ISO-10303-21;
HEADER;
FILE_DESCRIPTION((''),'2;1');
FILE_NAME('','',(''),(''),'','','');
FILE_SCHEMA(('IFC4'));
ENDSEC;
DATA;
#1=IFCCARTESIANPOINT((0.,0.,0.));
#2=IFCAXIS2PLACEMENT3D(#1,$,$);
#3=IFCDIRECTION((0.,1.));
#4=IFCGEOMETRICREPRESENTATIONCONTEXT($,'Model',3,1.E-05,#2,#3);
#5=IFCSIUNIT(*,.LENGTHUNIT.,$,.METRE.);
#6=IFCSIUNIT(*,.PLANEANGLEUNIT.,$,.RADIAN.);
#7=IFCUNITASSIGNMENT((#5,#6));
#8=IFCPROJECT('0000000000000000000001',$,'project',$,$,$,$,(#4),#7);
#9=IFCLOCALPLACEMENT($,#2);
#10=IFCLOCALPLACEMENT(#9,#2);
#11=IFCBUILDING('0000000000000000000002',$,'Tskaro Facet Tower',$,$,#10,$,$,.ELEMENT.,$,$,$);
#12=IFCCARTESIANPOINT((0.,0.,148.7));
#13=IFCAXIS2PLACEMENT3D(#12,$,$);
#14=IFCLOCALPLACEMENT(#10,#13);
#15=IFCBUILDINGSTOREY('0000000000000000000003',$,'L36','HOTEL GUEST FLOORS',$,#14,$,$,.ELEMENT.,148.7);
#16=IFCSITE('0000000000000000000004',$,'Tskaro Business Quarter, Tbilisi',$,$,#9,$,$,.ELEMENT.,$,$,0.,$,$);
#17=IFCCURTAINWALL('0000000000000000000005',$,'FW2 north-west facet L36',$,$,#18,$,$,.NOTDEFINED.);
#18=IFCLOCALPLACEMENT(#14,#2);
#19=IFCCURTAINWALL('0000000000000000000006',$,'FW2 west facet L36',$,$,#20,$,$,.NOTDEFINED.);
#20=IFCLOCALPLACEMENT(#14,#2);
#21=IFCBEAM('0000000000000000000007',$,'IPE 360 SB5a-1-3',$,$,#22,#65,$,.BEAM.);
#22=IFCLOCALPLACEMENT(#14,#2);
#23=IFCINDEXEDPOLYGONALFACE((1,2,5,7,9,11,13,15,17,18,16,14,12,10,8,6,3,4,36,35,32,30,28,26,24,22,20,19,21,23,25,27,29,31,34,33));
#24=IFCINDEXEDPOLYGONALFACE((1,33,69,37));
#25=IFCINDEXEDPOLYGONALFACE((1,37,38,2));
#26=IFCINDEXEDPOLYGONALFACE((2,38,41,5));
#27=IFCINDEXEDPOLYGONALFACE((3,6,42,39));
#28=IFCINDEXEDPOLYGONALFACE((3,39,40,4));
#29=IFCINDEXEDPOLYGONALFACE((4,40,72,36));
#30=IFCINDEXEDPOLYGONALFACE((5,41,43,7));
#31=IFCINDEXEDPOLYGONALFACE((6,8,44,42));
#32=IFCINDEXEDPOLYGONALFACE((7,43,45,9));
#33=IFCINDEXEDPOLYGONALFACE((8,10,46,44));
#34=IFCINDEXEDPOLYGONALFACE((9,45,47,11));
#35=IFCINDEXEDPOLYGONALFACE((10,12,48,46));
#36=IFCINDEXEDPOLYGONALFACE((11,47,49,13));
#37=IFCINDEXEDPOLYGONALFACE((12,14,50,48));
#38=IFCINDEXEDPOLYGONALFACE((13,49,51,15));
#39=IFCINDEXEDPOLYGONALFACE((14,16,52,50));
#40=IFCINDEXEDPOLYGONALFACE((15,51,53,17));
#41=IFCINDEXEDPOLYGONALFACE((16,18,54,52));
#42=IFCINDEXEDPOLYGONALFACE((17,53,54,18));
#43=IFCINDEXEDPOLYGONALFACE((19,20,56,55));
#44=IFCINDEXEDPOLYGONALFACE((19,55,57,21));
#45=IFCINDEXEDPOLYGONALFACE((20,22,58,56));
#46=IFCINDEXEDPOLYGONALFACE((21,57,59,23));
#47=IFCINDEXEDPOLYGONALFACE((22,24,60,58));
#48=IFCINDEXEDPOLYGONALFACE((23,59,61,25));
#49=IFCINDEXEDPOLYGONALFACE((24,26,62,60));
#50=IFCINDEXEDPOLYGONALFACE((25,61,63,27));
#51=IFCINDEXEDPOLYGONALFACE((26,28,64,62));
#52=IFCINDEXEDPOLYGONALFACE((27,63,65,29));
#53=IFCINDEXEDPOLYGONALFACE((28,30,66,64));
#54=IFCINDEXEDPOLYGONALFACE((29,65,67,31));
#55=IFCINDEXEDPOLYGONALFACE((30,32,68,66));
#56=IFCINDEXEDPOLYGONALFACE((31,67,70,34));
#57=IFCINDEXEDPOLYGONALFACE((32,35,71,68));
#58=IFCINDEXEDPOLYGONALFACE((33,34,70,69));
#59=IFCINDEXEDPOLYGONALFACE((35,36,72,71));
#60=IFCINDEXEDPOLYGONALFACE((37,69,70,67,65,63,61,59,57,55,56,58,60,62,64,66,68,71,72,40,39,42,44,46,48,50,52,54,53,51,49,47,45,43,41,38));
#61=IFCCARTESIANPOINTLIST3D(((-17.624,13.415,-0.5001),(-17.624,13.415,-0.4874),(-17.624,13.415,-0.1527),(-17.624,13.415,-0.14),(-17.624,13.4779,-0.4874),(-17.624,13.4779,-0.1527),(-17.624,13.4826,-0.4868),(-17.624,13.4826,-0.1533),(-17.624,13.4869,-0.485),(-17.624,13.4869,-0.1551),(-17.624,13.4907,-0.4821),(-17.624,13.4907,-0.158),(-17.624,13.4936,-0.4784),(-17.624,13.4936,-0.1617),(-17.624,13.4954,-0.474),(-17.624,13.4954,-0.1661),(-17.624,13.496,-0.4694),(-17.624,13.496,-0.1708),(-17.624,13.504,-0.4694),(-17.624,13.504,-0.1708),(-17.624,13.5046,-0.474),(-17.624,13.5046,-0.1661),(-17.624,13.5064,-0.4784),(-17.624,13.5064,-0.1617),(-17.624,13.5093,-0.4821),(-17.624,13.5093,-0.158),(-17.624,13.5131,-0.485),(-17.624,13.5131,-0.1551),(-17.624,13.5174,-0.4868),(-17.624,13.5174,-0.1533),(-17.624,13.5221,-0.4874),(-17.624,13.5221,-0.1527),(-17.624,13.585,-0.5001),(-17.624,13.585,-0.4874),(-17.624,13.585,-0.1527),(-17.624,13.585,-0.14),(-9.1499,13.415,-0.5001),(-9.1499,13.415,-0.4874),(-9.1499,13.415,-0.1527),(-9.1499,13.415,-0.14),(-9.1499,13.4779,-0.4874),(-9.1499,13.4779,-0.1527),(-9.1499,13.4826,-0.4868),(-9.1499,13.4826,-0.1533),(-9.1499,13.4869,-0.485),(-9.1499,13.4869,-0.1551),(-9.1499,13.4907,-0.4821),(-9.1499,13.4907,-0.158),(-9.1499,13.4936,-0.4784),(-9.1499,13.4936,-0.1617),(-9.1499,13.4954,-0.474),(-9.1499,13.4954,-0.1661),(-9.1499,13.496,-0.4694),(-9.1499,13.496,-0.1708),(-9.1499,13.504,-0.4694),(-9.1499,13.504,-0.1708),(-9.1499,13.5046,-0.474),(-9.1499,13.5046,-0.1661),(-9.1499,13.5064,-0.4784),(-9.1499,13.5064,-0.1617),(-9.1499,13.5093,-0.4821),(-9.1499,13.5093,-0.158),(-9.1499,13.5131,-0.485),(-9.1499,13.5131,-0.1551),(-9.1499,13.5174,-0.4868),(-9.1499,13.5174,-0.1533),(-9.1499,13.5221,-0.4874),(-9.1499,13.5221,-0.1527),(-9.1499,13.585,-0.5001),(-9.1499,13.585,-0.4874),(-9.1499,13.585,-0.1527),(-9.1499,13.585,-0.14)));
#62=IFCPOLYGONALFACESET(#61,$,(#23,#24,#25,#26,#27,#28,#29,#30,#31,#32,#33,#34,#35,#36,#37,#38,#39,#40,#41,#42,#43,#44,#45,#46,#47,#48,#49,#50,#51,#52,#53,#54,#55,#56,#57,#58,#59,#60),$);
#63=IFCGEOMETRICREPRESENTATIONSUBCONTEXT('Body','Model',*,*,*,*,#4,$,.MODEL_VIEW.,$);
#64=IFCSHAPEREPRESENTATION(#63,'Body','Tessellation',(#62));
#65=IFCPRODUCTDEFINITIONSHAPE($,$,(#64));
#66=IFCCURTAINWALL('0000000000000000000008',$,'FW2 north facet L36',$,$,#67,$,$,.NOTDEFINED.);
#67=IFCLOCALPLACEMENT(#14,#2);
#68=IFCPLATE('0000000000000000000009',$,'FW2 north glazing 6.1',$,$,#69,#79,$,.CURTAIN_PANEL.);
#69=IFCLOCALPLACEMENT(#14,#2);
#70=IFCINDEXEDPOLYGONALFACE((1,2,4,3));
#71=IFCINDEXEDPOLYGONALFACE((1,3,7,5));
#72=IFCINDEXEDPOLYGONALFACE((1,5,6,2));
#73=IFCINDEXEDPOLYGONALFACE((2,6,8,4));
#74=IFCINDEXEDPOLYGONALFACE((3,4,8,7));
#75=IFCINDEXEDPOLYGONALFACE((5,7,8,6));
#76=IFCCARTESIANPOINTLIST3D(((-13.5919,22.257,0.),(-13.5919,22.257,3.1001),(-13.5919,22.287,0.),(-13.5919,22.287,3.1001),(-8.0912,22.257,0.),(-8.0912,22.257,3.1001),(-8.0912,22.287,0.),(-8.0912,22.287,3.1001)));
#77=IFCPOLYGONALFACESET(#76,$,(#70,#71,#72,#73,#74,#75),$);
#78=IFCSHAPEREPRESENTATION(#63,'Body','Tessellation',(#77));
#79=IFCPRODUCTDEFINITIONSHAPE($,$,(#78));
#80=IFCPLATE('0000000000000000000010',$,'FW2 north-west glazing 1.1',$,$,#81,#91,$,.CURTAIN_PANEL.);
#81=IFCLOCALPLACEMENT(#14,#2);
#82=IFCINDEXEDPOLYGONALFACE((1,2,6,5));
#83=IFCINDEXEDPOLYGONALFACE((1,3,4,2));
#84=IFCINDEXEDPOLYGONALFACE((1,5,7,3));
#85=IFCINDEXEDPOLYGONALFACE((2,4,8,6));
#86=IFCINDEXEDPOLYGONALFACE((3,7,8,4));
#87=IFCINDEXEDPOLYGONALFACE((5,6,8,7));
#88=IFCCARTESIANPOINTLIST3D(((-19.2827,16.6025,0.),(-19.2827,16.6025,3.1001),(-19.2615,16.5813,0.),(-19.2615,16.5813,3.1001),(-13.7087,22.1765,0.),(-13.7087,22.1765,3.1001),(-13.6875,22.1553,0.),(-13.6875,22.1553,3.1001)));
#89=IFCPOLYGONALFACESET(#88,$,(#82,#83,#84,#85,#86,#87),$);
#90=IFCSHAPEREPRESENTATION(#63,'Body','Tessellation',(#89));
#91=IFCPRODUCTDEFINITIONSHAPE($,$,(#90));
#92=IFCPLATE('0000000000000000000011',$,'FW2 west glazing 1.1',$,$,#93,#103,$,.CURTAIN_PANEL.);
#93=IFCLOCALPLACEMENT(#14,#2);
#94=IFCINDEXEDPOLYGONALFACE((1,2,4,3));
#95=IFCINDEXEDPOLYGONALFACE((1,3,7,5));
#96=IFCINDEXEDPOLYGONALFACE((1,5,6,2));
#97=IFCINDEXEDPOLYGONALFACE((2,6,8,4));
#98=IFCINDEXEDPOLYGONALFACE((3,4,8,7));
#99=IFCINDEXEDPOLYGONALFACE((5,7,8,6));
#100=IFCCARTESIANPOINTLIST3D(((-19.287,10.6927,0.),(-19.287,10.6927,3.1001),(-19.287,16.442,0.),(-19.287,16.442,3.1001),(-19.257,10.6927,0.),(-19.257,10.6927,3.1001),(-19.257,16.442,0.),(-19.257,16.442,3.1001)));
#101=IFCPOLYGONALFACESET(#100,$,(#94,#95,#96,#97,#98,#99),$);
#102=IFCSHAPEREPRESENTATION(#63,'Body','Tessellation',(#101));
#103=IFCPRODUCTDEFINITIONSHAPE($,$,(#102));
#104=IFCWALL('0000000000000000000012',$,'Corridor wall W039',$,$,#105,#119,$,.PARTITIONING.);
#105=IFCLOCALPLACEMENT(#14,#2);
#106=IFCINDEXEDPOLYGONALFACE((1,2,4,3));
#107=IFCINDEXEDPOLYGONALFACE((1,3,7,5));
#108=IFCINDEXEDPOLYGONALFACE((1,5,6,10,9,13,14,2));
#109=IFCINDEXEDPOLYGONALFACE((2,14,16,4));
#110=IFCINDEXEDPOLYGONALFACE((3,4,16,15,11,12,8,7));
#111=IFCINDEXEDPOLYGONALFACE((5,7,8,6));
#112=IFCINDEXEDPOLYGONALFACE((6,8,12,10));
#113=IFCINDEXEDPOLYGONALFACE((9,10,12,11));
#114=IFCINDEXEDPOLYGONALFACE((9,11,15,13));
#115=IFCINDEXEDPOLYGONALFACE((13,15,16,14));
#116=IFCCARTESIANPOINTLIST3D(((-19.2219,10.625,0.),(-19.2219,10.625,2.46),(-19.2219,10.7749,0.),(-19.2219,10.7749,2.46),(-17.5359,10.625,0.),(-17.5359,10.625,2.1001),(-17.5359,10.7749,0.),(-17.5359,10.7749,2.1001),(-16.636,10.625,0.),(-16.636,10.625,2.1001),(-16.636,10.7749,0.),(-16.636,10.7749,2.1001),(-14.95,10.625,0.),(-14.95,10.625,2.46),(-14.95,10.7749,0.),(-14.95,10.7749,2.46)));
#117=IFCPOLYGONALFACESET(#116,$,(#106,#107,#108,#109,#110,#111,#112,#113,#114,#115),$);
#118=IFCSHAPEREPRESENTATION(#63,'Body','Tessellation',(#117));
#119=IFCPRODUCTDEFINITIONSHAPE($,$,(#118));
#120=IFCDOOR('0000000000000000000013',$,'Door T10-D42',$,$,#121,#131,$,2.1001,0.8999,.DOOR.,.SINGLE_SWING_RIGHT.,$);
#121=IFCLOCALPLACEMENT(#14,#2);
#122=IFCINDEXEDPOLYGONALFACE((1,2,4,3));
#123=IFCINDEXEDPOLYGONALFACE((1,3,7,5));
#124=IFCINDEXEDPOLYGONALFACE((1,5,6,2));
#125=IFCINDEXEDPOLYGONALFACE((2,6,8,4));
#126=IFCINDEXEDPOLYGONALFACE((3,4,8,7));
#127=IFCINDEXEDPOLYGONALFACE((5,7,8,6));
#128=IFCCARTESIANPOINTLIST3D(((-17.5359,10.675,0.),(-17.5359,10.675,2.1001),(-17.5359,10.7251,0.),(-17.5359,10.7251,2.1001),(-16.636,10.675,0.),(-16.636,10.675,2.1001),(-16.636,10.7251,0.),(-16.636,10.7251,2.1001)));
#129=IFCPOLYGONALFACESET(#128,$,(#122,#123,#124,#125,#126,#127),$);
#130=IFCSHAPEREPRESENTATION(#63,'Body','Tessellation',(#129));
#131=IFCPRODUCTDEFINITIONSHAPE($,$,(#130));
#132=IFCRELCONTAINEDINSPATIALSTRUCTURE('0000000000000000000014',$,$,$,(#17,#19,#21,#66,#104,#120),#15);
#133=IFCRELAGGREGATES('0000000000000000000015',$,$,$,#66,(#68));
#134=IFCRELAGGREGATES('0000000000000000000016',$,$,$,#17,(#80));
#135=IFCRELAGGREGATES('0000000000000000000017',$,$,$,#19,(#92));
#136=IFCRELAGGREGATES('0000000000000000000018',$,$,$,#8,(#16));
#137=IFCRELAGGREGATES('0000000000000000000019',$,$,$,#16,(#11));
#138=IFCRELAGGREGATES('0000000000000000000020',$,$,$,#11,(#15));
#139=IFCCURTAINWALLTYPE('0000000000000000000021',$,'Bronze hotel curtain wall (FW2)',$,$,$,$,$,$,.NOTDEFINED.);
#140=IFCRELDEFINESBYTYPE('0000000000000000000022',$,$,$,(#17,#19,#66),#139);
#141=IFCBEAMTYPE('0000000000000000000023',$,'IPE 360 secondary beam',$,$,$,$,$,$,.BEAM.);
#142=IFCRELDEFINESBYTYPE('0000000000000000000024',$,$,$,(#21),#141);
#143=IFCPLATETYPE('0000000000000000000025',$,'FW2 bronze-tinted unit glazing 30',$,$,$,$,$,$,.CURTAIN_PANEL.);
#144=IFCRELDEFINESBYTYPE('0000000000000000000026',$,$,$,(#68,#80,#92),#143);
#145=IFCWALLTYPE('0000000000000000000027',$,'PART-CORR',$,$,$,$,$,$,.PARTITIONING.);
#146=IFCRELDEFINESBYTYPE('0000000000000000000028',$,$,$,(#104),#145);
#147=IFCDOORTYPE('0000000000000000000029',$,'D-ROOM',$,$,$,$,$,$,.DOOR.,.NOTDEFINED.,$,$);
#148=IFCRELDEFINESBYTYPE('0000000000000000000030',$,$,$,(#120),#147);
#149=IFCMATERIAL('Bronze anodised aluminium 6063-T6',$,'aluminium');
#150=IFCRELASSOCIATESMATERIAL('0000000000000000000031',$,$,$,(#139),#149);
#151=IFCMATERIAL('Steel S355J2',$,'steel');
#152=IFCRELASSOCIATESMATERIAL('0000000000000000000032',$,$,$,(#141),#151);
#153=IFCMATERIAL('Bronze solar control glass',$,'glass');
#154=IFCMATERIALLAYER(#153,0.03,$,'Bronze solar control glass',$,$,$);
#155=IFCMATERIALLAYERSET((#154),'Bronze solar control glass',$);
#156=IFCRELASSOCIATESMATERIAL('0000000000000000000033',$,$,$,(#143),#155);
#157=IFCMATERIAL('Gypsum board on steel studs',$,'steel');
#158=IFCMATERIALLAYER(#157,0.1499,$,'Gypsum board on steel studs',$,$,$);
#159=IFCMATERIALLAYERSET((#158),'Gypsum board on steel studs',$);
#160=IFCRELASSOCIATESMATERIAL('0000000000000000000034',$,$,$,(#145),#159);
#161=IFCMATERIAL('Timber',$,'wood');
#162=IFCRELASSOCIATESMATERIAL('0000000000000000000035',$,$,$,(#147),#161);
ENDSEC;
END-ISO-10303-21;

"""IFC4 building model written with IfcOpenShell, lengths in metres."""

from ifc_helpers import new_model, si_unit, direction, frame, frame_2d, origin, origin_2d, place, context, subcontext, project, spatial, rectangle, i_section, extrude, material, layer, layer_set, material_profile, profile_set, type_object, element, fill, aggregate, save


model = new_model("IFC4")

# Units and contexts
model_context = context("Model", 3, precision=1e-05, world=origin(), true_north=direction((0.0, 1.0)))
body_context = subcontext(model_context, "Body", "Model", "MODEL_VIEW")
ifc_project = project(units=[si_unit("LENGTHUNIT", "METRE"), si_unit("PLANEANGLEUNIT", "RADIAN")], contexts=[model_context])

# Site, building, storey
site_placement = place(None, origin())
site = spatial("IfcSite", under=ifc_project, at=site_placement, Name="Tskaro Business Quarter, Tbilisi", CompositionType="ELEMENT", RefElevation=0.0)
building_placement = place(site_placement, origin())
building = spatial("IfcBuilding", under=site, at=building_placement, Name="Tskaro Facet Tower", CompositionType="ELEMENT")
storey_placement = place(building_placement, frame((0.0, 0.0, 148.7)))
storey = spatial("IfcBuildingStorey", under=building, at=storey_placement, Name="L36", Description="HOTEL GUEST FLOORS", CompositionType="ELEMENT", Elevation=148.7)

# Curtain wall
ifc_material_1 = material(Name="Bronze anodised aluminium 6063-T6", Category="aluminium")
curtain_wall_type = type_object("IfcCurtainWallType", Name="Bronze hotel curtain wall (FW2)", PredefinedType="NOTDEFINED", material=ifc_material_1)
curtain_wall_1_placement = place(storey_placement, origin())
curtain_wall_1 = element("IfcCurtainWall", 1, at=curtain_wall_1_placement, inside=storey, type_object=curtain_wall_type, Name="FW2 north-west facet L36", PredefinedType="NOTDEFINED")

# Curtain wall
curtain_wall_2_placement = place(storey_placement, origin())
curtain_wall_2 = element("IfcCurtainWall", 2, at=curtain_wall_2_placement, inside=storey, type_object=curtain_wall_type, Name="FW2 west facet L36", PredefinedType="NOTDEFINED")

# Beam
ifc_material_2 = material(Name="Steel S355J2", Category="steel")
ifc_material_profile_1 = material_profile(ifc_material_2, i_section(OverallWidth=0.1699, OverallDepth=0.3601, WebThickness=0.0081, FlangeThickness=0.0127, FilletRadius=0.0181, at=origin_2d()), Name="IPE 360")
ifc_profile_set_1 = profile_set([ifc_material_profile_1], Name="Steel S355J2")
beam_type_1 = type_object("IfcBeamType", Name="IPE 360 secondary beam", PredefinedType="BEAM", material=ifc_profile_set_1)
beam_1_placement = place(storey_placement, frame((-17.624, 13.5, -0.3201), z_axis=(1.0, 0.0, 0.0), x_axis=(0.0, 1.0, 0.0)))
element("IfcBeam", 3, at=beam_1_placement, inside=storey, type_object=beam_type_1, Name="IPE 360 SB5a-1-3", PredefinedType="BEAM", context=body_context, shape_type="SweptSolid", body=[
    extrude(i_section(OverallWidth=0.1699, OverallDepth=0.3601, WebThickness=0.0081, FlangeThickness=0.0127, FilletRadius=0.0181, at=origin_2d()), origin(), (0.0, 0.0, 1.0), 8.4741),
])

# Curtain wall, plate
curtain_wall_3_placement = place(storey_placement, origin())
curtain_wall_3 = element("IfcCurtainWall", 4, at=curtain_wall_3_placement, inside=storey, type_object=curtain_wall_type, Name="FW2 north facet L36", PredefinedType="NOTDEFINED")
ifc_material_3 = material(Name="Bronze solar control glass", Category="glass")
ifc_layer_1 = layer(ifc_material_3, 0.03, Name="Bronze solar control glass")
ifc_layer_set_1 = layer_set([ifc_layer_1], Name="Bronze solar control glass")
plate_type = type_object("IfcPlateType", Name="FW2 bronze-tinted unit glazing 30", PredefinedType="CURTAIN_PANEL", material=ifc_layer_set_1)
plate_1_placement = place(storey_placement, frame((-10.8416, 22.272, 0.0), z_axis=(0.0, 0.0, 1.0), x_axis=(-1.0, 0.0, 0.0)))
plate_1 = element("IfcPlate", 5, at=plate_1_placement, type_object=plate_type, Name="FW2 north glazing 6.1", PredefinedType="CURTAIN_PANEL", context=body_context, shape_type="SweptSolid", body=[
    extrude(rectangle(XDim=5.5007, YDim=0.03, at=origin_2d()), origin(), (0.0, 0.0, 1.0), 3.1001),
])
aggregate(curtain_wall_3, [plate_1])

# Plates
plate_2_placement = place(storey_placement, frame((-16.4851, 19.3789, 0.0), z_axis=(0.0, 0.0, 1.0), x_axis=(-0.707107, -0.707107, 0.0)))
plate_2 = element("IfcPlate", 6, at=plate_2_placement, type_object=plate_type, Name="FW2 north-west glazing 1.1", PredefinedType="CURTAIN_PANEL", context=body_context, shape_type="SweptSolid", body=[
    extrude(rectangle(XDim=7.8828, YDim=0.03, at=origin_2d()), origin(), (0.0, 0.0, 1.0), 3.1001),
])
aggregate(curtain_wall_1, [plate_2])
plate_3_placement = place(storey_placement, frame((-19.272, 13.5674, 0.0), z_axis=(0.0, 0.0, 1.0), x_axis=(0.0, -1.0, 0.0)))
plate_3 = element("IfcPlate", 7, at=plate_3_placement, type_object=plate_type, Name="FW2 west glazing 1.1", PredefinedType="CURTAIN_PANEL", context=body_context, shape_type="SweptSolid", body=[
    extrude(rectangle(XDim=5.7493, YDim=0.03, at=origin_2d()), origin(), (0.0, 0.0, 1.0), 3.1001),
])
aggregate(curtain_wall_2, [plate_3])

# Wall, opening, door
ifc_material_4 = material(Name="Gypsum board on steel studs", Category="steel")
ifc_layer_2 = layer(ifc_material_4, 0.1499, Name="Gypsum board on steel studs")
ifc_layer_set_2 = layer_set([ifc_layer_2], Name="Gypsum board on steel studs")
wall_type_1 = type_object("IfcWallType", Name="PART-CORR", PredefinedType="PARTITIONING", material=ifc_layer_set_2)
wall_1_placement = place(storey_placement, frame((-14.95, 10.7, 0.0), z_axis=(0.0, 0.0, 1.0), x_axis=(-1.0, 0.0, 0.0)))
wall_1 = element("IfcWall", 8, at=wall_1_placement, inside=storey, type_object=wall_type_1, Name="Corridor wall W039", PredefinedType="PARTITIONING", context=body_context, shape_type="SweptSolid", body=[
    extrude(rectangle(XDim=4.272, YDim=0.1499, at=frame_2d((2.136, 0.0))), origin(), (0.0, 0.0, 1.0), 2.46),
])
opening_1_placement = place(wall_1_placement, frame((1.686, 0.0, 0.0)))
opening_1 = element("IfcOpeningElement", 9, at=opening_1_placement, cuts=wall_1, PredefinedType="OPENING", context=body_context, shape_type="SweptSolid", body=[
    extrude(rectangle(XDim=0.8999, YDim=2.1001, at=frame_2d((0.45, 1.05))), frame((0.0, 0.085, 0.0), z_axis=(0.0, -1.0, 0.0), x_axis=(1.0, 0.0, 0.0)), (0.0, 0.0, 1.0), 0.1699),
])
ifc_material_5 = material(Name="Timber", Category="wood")
door_type_1 = type_object("IfcDoorType", Name="D-ROOM", OperationType="NOTDEFINED", PredefinedType="DOOR", material=ifc_material_5)
door_1_placement = place(opening_1_placement, origin())
door_1 = element("IfcDoor", 10, at=door_1_placement, inside=storey, type_object=door_type_1, Name="Door T10-D42", OperationType="SINGLE_SWING_RIGHT", OverallHeight=2.1001, OverallWidth=0.8999, PredefinedType="DOOR", context=body_context, shape_type="SweptSolid", body=[
    extrude(rectangle(XDim=0.8999, YDim=2.1001, at=frame_2d((0.45, 1.05))), frame((0.0, 0.0249, 0.0), z_axis=(0.0, -1.0, 0.0), x_axis=(1.0, 0.0, 0.0)), (0.0, 0.0, 1.0), 0.05),
])
fill(opening_1, door_1)

save(model, "model.ifc")
